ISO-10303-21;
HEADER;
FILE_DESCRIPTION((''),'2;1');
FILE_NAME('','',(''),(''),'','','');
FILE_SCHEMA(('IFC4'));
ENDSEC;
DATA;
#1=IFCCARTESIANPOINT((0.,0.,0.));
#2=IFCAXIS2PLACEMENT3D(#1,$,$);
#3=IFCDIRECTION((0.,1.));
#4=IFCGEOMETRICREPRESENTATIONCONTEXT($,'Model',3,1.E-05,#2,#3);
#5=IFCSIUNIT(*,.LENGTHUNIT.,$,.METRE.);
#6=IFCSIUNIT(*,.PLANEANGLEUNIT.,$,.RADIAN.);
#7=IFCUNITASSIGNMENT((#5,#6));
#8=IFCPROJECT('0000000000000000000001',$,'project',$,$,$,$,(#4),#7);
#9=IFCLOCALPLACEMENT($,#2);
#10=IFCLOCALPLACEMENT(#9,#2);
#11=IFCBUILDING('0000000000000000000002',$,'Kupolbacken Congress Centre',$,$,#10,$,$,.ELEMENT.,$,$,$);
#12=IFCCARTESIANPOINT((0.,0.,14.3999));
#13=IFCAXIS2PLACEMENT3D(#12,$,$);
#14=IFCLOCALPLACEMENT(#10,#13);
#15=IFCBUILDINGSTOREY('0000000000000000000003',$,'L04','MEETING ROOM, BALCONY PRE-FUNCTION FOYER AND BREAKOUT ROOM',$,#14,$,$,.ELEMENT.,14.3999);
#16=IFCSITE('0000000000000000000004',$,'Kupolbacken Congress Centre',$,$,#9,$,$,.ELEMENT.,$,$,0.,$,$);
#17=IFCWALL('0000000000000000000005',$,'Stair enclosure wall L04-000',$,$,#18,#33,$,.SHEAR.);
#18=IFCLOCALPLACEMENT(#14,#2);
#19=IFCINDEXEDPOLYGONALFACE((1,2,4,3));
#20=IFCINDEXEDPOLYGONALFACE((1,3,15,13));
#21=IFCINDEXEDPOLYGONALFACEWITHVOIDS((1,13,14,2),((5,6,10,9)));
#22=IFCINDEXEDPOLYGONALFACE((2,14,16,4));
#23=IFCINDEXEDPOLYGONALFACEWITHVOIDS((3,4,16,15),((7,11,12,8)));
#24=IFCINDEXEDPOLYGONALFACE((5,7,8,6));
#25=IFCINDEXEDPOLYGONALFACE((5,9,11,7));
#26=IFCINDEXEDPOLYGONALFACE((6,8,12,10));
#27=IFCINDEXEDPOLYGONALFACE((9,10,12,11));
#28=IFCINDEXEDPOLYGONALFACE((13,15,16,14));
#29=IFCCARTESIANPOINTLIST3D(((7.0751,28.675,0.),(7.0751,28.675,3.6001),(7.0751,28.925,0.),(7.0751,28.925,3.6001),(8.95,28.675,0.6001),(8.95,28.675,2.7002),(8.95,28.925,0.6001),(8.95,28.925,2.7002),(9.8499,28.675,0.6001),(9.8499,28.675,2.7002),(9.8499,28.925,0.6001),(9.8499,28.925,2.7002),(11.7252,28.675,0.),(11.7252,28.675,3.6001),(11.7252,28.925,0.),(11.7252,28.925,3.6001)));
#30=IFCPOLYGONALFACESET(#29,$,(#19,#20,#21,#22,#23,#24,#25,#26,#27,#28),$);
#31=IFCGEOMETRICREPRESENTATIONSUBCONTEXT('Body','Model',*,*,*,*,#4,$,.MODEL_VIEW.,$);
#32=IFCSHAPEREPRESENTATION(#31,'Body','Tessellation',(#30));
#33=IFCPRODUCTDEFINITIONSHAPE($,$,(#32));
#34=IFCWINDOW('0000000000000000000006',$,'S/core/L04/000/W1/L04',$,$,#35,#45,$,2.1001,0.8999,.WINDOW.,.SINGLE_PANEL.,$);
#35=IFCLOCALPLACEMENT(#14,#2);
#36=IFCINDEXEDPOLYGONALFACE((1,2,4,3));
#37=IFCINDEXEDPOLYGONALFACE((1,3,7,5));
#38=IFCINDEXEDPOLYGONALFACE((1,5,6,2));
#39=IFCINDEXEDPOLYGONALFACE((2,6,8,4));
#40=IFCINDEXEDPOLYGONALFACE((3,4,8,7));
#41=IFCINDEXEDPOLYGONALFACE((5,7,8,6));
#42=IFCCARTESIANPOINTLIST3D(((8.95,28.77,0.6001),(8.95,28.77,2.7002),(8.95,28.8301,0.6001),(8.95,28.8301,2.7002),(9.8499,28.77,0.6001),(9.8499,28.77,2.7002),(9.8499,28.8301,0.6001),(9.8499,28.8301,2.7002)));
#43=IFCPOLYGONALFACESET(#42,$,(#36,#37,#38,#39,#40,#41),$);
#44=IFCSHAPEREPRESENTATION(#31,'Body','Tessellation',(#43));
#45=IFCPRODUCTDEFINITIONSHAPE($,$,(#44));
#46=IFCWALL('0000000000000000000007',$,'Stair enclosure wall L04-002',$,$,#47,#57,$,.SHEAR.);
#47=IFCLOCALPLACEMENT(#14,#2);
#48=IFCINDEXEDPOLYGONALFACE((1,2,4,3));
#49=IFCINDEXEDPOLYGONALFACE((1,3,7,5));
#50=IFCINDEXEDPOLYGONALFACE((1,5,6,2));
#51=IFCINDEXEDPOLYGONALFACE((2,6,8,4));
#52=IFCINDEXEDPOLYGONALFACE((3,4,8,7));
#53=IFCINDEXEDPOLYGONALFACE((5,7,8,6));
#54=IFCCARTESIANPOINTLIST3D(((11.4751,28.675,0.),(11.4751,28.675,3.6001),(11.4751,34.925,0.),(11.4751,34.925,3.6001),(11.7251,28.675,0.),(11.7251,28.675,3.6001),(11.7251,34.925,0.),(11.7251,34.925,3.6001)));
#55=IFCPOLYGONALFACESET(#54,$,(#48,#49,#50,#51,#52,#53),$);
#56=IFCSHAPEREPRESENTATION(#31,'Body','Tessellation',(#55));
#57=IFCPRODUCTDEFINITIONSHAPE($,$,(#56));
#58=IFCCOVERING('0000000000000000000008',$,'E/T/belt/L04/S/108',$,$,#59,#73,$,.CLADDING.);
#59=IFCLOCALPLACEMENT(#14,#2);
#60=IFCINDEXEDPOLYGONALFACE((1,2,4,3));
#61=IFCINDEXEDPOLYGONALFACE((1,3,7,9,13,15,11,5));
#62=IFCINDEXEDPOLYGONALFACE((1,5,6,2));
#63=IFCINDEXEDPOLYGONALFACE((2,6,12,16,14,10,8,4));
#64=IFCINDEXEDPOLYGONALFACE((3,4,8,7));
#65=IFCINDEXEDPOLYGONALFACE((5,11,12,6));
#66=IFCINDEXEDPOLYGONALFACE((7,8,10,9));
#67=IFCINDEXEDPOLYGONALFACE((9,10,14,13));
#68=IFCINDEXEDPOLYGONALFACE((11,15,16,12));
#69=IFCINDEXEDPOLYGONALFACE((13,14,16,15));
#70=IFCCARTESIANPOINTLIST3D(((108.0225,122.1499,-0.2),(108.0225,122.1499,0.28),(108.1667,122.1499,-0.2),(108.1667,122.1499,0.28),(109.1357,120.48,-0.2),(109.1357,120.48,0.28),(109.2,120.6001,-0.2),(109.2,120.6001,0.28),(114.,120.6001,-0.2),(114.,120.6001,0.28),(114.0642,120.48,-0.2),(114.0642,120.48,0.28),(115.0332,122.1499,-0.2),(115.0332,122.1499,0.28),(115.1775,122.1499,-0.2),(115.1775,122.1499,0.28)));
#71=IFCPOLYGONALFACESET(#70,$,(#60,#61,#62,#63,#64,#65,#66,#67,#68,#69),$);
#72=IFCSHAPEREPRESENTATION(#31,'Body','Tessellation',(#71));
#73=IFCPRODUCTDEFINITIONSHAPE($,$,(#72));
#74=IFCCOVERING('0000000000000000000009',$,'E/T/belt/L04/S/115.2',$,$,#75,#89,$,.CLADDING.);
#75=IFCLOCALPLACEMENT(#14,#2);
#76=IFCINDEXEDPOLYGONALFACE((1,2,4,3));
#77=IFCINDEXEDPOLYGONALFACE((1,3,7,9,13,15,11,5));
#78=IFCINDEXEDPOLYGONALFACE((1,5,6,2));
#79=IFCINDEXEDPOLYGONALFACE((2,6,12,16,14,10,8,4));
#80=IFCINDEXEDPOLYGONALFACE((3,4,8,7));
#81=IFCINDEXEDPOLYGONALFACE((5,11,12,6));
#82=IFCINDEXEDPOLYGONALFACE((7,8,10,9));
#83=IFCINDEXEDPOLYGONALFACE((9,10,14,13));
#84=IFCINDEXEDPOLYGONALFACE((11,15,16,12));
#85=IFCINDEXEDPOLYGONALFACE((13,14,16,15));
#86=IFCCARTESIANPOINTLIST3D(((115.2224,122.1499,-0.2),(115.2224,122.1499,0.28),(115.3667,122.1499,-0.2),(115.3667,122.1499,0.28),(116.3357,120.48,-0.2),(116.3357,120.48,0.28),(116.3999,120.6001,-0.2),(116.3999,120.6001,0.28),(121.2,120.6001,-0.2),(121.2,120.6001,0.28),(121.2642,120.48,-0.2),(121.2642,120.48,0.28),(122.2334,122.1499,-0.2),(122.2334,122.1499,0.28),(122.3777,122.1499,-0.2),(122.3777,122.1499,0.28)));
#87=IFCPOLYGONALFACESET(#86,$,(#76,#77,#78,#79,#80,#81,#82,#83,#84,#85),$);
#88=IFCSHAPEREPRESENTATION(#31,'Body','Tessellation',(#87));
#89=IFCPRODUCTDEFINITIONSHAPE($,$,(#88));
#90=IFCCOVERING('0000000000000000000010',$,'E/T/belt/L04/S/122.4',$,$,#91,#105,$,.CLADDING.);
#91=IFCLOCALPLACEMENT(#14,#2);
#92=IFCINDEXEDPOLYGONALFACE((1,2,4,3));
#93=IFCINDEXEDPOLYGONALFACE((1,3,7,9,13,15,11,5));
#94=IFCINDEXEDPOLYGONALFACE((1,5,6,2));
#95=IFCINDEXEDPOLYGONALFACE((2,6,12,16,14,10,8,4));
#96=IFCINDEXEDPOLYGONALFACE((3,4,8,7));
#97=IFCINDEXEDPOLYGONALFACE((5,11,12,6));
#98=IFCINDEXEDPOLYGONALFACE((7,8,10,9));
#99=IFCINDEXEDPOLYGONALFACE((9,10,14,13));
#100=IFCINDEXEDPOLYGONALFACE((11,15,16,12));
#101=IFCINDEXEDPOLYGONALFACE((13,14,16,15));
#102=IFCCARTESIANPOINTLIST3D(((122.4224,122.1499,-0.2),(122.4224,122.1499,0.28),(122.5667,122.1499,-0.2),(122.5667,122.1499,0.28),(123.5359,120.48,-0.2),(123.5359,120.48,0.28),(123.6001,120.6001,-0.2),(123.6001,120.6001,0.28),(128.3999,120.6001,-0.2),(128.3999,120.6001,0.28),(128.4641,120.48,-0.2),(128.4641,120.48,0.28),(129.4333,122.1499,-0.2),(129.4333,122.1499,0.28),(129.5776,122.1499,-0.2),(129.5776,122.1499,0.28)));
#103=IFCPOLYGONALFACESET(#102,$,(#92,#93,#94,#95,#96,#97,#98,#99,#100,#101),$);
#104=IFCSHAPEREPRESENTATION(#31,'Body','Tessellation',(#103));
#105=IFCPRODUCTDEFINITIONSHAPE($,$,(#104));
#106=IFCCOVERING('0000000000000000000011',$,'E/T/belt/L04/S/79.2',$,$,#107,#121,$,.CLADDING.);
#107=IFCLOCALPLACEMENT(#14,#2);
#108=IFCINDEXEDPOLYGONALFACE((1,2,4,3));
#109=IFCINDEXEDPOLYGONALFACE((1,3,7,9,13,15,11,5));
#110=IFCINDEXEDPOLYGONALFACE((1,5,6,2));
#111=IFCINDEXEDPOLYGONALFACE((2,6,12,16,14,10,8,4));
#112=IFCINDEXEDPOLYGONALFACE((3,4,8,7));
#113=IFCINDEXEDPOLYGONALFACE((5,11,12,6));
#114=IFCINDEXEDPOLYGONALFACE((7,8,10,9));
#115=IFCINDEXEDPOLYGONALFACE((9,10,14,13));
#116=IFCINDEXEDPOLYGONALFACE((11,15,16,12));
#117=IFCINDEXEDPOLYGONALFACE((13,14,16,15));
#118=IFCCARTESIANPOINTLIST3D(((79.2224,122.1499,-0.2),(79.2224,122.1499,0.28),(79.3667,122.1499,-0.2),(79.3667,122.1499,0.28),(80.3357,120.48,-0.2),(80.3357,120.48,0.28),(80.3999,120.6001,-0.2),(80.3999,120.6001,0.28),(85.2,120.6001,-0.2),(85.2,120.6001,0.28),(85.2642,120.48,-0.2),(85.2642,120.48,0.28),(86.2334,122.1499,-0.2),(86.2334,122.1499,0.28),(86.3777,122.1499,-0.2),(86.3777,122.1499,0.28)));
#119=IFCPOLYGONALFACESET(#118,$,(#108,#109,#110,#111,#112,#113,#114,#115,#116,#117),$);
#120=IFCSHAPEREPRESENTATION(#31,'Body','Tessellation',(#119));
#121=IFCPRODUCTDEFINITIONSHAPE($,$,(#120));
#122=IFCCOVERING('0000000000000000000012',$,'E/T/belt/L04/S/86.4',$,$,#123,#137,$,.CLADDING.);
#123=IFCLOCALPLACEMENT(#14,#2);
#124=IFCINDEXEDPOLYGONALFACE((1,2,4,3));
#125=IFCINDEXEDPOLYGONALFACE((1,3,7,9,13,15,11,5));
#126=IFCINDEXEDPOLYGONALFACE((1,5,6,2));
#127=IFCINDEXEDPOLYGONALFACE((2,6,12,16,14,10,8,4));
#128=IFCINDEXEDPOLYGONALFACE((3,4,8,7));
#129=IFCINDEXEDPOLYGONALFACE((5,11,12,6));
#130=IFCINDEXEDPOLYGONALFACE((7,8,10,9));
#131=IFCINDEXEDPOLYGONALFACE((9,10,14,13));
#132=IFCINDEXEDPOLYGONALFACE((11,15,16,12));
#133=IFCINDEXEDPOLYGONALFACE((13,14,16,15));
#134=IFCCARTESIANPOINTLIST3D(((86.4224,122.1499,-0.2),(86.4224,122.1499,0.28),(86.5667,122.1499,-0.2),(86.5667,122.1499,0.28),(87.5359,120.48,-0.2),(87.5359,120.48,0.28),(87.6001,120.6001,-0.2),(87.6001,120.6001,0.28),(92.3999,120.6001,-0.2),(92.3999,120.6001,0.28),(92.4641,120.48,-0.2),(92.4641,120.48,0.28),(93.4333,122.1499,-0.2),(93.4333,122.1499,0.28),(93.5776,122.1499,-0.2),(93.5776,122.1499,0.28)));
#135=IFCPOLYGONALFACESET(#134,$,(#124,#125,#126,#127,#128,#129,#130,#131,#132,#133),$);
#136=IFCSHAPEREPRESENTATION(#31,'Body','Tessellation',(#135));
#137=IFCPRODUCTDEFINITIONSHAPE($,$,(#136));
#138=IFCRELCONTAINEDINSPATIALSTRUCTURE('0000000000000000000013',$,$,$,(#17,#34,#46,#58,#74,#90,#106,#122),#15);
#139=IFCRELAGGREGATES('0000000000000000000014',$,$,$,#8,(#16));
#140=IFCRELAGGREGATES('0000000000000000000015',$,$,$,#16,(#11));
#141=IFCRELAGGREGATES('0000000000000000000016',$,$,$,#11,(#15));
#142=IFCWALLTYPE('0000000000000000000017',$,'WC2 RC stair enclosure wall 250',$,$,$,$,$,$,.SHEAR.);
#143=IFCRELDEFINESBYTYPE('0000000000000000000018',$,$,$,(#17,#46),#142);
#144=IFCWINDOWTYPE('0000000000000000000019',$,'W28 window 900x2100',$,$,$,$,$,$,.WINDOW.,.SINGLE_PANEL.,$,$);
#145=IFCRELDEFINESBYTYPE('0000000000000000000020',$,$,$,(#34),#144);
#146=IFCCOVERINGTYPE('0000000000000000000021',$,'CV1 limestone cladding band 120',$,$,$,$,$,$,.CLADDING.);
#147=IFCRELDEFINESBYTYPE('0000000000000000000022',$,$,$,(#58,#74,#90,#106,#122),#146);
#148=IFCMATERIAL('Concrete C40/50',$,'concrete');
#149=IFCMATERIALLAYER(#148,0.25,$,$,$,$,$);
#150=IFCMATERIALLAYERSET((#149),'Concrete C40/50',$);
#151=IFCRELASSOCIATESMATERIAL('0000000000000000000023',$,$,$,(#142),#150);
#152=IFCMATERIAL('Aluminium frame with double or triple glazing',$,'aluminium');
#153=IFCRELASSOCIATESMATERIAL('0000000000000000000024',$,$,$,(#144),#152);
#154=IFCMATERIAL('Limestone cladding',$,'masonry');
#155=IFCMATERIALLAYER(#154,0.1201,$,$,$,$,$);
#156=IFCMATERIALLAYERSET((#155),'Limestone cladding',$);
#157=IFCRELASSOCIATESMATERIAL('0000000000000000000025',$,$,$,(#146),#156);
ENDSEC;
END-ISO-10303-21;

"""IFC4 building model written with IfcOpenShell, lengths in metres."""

from ifc_helpers import new_model, si_unit, direction, frame, frame_2d, origin, place, context, subcontext, project, spatial, polyline, rectangle, outline, extrude, material, layer, layer_set, type_object, element, fill, save


model = new_model("IFC4")

# Units and contexts
model_context = context("Model", 3, precision=1e-05, world=origin(), true_north=direction((0.0, 1.0)))
body_context = subcontext(model_context, "Body", "Model", "MODEL_VIEW")
ifc_project = project(units=[si_unit("LENGTHUNIT", "METRE"), si_unit("PLANEANGLEUNIT", "RADIAN")], contexts=[model_context])

# Site, building, storey
site_placement = place(None, origin())
site = spatial("IfcSite", under=ifc_project, at=site_placement, Name="Kupolbacken Congress Centre", CompositionType="ELEMENT", RefElevation=0.0)
building_placement = place(site_placement, origin())
building = spatial("IfcBuilding", under=site, at=building_placement, Name="Kupolbacken Congress Centre", CompositionType="ELEMENT")
storey_placement = place(building_placement, frame((0.0, 0.0, 14.3999)))
storey = spatial("IfcBuildingStorey", under=building, at=storey_placement, Name="L04", Description="MEETING ROOM, BALCONY PRE-FUNCTION FOYER AND BREAKOUT ROOM", CompositionType="ELEMENT", Elevation=14.3999)

# Wall, opening, window
ifc_material_1 = material(Name="Concrete C40/50", Category="concrete")
ifc_layer_1 = layer(ifc_material_1, 0.25)
ifc_layer_set_1 = layer_set([ifc_layer_1], Name="Concrete C40/50")
wall_type_1 = type_object("IfcWallType", Name="WC2 RC stair enclosure wall 250", PredefinedType="SHEAR", material=ifc_layer_set_1)
wall_1_placement = place(storey_placement, frame((7.075, 28.8, 0.0), z_axis=(0.0, 0.0, 1.0), x_axis=(1.0, 0.0, 0.0)))
wall_1 = element("IfcWall", 1, at=wall_1_placement, inside=storey, type_object=wall_type_1, Name="Stair enclosure wall L04-000", PredefinedType="SHEAR", context=body_context, shape_type="SweptSolid", body=[
    extrude(rectangle(XDim=4.6501, YDim=0.25, at=frame_2d((2.3252, 0.0))), origin(), (0.0, 0.0, 1.0), 3.6001),
])
opening_placement = place(wall_1_placement, frame((1.875, 0.0, 0.6001)))
opening = element("IfcOpeningElement", 2, at=opening_placement, cuts=wall_1, PredefinedType="OPENING", context=body_context, shape_type="SweptSolid", body=[
    extrude(rectangle(XDim=0.8999, YDim=2.1001, at=frame_2d((0.45, 1.05))), frame((0.0, 0.135, 0.0), z_axis=(0.0, -1.0, 0.0), x_axis=(1.0, 0.0, 0.0)), (0.0, 0.0, 1.0), 0.27),
])
ifc_material_2 = material(Name="Aluminium frame with double or triple glazing", Category="aluminium")
window_type = type_object("IfcWindowType", Name="W28 window 900x2100", PartitioningType="SINGLE_PANEL", PredefinedType="WINDOW", material=ifc_material_2)
window_placement = place(opening_placement, origin())
window = element("IfcWindow", 3, at=window_placement, inside=storey, type_object=window_type, Name="S/core/L04/000/W1/L04", OverallHeight=2.1001, OverallWidth=0.8999, PartitioningType="SINGLE_PANEL", PredefinedType="WINDOW", context=body_context, shape_type="SweptSolid", body=[
    extrude(rectangle(XDim=0.8999, YDim=2.1001, at=frame_2d((0.45, 1.05))), frame((0.0, 0.03, 0.0), z_axis=(0.0, -1.0, 0.0), x_axis=(1.0, 0.0, 0.0)), (0.0, 0.0, 1.0), 0.0601),
])
fill(opening, window)

# Wall
wall_2_placement = place(storey_placement, frame((11.6001, 28.675, 0.0), z_axis=(0.0, 0.0, 1.0), x_axis=(0.0, 1.0, 0.0)))
element("IfcWall", 4, at=wall_2_placement, inside=storey, type_object=wall_type_1, Name="Stair enclosure wall L04-002", PredefinedType="SHEAR", context=body_context, shape_type="SweptSolid", body=[
    extrude(rectangle(XDim=6.25, YDim=0.25, at=frame_2d((3.125, 0.0))), origin(), (0.0, 0.0, 1.0), 3.6001),
])

# Coverings
ifc_material_3 = material(Name="Limestone cladding", Category="masonry")
ifc_layer_2 = layer(ifc_material_3, 0.1201)
ifc_layer_set_2 = layer_set([ifc_layer_2], Name="Limestone cladding")
covering_type = type_object("IfcCoveringType", Name="CV1 limestone cladding band 120", PredefinedType="CLADDING", material=ifc_layer_set_2)
covering_1_placement = place(storey_placement, frame((0.0, 0.0, -0.2)))
element("IfcCovering", 5, at=covering_1_placement, inside=storey, type_object=covering_type, Name="E/T/belt/L04/S/108", PredefinedType="CLADDING", context=body_context, shape_type="SweptSolid", body=[
    extrude(outline(polyline([(115.1775, 122.1499), (115.0332, 122.1499), (114.0, 120.6001), (109.2, 120.6001), (108.1667, 122.1499), (108.0225, 122.1499), (109.1357, 120.48), (114.0642, 120.48), (115.1775, 122.1499)])), origin(), (0.0, 0.0, 1.0), 0.48),
])
covering_2_placement = place(storey_placement, frame((0.0, 0.0, -0.2)))
element("IfcCovering", 6, at=covering_2_placement, inside=storey, type_object=covering_type, Name="E/T/belt/L04/S/115.2", PredefinedType="CLADDING", context=body_context, shape_type="SweptSolid", body=[
    extrude(outline(polyline([(122.3777, 122.1499), (122.2334, 122.1499), (121.2, 120.6001), (116.3999, 120.6001), (115.3667, 122.1499), (115.2224, 122.1499), (116.3357, 120.48), (121.2642, 120.48), (122.3777, 122.1499)])), origin(), (0.0, 0.0, 1.0), 0.48),
])
covering_3_placement = place(storey_placement, frame((0.0, 0.0, -0.2)))
element("IfcCovering", 7, at=covering_3_placement, inside=storey, type_object=covering_type, Name="E/T/belt/L04/S/122.4", PredefinedType="CLADDING", context=body_context, shape_type="SweptSolid", body=[
    extrude(outline(polyline([(129.5776, 122.1499), (129.4333, 122.1499), (128.3999, 120.6001), (123.6001, 120.6001), (122.5667, 122.1499), (122.4224, 122.1499), (123.5359, 120.48), (128.4641, 120.48), (129.5776, 122.1499)])), origin(), (0.0, 0.0, 1.0), 0.48),
])
covering_4_placement = place(storey_placement, frame((0.0, 0.0, -0.2)))
element("IfcCovering", 8, at=covering_4_placement, inside=storey, type_object=covering_type, Name="E/T/belt/L04/S/79.2", PredefinedType="CLADDING", context=body_context, shape_type="SweptSolid", body=[
    extrude(outline(polyline([(86.3777, 122.1499), (86.2334, 122.1499), (85.2, 120.6001), (80.3999, 120.6001), (79.3667, 122.1499), (79.2224, 122.1499), (80.3357, 120.48), (85.2642, 120.48), (86.3777, 122.1499)])), origin(), (0.0, 0.0, 1.0), 0.48),
])
covering_5_placement = place(storey_placement, frame((0.0, 0.0, -0.2)))
element("IfcCovering", 9, at=covering_5_placement, inside=storey, type_object=covering_type, Name="E/T/belt/L04/S/86.4", PredefinedType="CLADDING", context=body_context, shape_type="SweptSolid", body=[
    extrude(outline(polyline([(93.5776, 122.1499), (93.4333, 122.1499), (92.3999, 120.6001), (87.6001, 120.6001), (86.5667, 122.1499), (86.4224, 122.1499), (87.5359, 120.48), (92.4641, 120.48), (93.5776, 122.1499)])), origin(), (0.0, 0.0, 1.0), 0.48),
])

save(model, "model.ifc")
